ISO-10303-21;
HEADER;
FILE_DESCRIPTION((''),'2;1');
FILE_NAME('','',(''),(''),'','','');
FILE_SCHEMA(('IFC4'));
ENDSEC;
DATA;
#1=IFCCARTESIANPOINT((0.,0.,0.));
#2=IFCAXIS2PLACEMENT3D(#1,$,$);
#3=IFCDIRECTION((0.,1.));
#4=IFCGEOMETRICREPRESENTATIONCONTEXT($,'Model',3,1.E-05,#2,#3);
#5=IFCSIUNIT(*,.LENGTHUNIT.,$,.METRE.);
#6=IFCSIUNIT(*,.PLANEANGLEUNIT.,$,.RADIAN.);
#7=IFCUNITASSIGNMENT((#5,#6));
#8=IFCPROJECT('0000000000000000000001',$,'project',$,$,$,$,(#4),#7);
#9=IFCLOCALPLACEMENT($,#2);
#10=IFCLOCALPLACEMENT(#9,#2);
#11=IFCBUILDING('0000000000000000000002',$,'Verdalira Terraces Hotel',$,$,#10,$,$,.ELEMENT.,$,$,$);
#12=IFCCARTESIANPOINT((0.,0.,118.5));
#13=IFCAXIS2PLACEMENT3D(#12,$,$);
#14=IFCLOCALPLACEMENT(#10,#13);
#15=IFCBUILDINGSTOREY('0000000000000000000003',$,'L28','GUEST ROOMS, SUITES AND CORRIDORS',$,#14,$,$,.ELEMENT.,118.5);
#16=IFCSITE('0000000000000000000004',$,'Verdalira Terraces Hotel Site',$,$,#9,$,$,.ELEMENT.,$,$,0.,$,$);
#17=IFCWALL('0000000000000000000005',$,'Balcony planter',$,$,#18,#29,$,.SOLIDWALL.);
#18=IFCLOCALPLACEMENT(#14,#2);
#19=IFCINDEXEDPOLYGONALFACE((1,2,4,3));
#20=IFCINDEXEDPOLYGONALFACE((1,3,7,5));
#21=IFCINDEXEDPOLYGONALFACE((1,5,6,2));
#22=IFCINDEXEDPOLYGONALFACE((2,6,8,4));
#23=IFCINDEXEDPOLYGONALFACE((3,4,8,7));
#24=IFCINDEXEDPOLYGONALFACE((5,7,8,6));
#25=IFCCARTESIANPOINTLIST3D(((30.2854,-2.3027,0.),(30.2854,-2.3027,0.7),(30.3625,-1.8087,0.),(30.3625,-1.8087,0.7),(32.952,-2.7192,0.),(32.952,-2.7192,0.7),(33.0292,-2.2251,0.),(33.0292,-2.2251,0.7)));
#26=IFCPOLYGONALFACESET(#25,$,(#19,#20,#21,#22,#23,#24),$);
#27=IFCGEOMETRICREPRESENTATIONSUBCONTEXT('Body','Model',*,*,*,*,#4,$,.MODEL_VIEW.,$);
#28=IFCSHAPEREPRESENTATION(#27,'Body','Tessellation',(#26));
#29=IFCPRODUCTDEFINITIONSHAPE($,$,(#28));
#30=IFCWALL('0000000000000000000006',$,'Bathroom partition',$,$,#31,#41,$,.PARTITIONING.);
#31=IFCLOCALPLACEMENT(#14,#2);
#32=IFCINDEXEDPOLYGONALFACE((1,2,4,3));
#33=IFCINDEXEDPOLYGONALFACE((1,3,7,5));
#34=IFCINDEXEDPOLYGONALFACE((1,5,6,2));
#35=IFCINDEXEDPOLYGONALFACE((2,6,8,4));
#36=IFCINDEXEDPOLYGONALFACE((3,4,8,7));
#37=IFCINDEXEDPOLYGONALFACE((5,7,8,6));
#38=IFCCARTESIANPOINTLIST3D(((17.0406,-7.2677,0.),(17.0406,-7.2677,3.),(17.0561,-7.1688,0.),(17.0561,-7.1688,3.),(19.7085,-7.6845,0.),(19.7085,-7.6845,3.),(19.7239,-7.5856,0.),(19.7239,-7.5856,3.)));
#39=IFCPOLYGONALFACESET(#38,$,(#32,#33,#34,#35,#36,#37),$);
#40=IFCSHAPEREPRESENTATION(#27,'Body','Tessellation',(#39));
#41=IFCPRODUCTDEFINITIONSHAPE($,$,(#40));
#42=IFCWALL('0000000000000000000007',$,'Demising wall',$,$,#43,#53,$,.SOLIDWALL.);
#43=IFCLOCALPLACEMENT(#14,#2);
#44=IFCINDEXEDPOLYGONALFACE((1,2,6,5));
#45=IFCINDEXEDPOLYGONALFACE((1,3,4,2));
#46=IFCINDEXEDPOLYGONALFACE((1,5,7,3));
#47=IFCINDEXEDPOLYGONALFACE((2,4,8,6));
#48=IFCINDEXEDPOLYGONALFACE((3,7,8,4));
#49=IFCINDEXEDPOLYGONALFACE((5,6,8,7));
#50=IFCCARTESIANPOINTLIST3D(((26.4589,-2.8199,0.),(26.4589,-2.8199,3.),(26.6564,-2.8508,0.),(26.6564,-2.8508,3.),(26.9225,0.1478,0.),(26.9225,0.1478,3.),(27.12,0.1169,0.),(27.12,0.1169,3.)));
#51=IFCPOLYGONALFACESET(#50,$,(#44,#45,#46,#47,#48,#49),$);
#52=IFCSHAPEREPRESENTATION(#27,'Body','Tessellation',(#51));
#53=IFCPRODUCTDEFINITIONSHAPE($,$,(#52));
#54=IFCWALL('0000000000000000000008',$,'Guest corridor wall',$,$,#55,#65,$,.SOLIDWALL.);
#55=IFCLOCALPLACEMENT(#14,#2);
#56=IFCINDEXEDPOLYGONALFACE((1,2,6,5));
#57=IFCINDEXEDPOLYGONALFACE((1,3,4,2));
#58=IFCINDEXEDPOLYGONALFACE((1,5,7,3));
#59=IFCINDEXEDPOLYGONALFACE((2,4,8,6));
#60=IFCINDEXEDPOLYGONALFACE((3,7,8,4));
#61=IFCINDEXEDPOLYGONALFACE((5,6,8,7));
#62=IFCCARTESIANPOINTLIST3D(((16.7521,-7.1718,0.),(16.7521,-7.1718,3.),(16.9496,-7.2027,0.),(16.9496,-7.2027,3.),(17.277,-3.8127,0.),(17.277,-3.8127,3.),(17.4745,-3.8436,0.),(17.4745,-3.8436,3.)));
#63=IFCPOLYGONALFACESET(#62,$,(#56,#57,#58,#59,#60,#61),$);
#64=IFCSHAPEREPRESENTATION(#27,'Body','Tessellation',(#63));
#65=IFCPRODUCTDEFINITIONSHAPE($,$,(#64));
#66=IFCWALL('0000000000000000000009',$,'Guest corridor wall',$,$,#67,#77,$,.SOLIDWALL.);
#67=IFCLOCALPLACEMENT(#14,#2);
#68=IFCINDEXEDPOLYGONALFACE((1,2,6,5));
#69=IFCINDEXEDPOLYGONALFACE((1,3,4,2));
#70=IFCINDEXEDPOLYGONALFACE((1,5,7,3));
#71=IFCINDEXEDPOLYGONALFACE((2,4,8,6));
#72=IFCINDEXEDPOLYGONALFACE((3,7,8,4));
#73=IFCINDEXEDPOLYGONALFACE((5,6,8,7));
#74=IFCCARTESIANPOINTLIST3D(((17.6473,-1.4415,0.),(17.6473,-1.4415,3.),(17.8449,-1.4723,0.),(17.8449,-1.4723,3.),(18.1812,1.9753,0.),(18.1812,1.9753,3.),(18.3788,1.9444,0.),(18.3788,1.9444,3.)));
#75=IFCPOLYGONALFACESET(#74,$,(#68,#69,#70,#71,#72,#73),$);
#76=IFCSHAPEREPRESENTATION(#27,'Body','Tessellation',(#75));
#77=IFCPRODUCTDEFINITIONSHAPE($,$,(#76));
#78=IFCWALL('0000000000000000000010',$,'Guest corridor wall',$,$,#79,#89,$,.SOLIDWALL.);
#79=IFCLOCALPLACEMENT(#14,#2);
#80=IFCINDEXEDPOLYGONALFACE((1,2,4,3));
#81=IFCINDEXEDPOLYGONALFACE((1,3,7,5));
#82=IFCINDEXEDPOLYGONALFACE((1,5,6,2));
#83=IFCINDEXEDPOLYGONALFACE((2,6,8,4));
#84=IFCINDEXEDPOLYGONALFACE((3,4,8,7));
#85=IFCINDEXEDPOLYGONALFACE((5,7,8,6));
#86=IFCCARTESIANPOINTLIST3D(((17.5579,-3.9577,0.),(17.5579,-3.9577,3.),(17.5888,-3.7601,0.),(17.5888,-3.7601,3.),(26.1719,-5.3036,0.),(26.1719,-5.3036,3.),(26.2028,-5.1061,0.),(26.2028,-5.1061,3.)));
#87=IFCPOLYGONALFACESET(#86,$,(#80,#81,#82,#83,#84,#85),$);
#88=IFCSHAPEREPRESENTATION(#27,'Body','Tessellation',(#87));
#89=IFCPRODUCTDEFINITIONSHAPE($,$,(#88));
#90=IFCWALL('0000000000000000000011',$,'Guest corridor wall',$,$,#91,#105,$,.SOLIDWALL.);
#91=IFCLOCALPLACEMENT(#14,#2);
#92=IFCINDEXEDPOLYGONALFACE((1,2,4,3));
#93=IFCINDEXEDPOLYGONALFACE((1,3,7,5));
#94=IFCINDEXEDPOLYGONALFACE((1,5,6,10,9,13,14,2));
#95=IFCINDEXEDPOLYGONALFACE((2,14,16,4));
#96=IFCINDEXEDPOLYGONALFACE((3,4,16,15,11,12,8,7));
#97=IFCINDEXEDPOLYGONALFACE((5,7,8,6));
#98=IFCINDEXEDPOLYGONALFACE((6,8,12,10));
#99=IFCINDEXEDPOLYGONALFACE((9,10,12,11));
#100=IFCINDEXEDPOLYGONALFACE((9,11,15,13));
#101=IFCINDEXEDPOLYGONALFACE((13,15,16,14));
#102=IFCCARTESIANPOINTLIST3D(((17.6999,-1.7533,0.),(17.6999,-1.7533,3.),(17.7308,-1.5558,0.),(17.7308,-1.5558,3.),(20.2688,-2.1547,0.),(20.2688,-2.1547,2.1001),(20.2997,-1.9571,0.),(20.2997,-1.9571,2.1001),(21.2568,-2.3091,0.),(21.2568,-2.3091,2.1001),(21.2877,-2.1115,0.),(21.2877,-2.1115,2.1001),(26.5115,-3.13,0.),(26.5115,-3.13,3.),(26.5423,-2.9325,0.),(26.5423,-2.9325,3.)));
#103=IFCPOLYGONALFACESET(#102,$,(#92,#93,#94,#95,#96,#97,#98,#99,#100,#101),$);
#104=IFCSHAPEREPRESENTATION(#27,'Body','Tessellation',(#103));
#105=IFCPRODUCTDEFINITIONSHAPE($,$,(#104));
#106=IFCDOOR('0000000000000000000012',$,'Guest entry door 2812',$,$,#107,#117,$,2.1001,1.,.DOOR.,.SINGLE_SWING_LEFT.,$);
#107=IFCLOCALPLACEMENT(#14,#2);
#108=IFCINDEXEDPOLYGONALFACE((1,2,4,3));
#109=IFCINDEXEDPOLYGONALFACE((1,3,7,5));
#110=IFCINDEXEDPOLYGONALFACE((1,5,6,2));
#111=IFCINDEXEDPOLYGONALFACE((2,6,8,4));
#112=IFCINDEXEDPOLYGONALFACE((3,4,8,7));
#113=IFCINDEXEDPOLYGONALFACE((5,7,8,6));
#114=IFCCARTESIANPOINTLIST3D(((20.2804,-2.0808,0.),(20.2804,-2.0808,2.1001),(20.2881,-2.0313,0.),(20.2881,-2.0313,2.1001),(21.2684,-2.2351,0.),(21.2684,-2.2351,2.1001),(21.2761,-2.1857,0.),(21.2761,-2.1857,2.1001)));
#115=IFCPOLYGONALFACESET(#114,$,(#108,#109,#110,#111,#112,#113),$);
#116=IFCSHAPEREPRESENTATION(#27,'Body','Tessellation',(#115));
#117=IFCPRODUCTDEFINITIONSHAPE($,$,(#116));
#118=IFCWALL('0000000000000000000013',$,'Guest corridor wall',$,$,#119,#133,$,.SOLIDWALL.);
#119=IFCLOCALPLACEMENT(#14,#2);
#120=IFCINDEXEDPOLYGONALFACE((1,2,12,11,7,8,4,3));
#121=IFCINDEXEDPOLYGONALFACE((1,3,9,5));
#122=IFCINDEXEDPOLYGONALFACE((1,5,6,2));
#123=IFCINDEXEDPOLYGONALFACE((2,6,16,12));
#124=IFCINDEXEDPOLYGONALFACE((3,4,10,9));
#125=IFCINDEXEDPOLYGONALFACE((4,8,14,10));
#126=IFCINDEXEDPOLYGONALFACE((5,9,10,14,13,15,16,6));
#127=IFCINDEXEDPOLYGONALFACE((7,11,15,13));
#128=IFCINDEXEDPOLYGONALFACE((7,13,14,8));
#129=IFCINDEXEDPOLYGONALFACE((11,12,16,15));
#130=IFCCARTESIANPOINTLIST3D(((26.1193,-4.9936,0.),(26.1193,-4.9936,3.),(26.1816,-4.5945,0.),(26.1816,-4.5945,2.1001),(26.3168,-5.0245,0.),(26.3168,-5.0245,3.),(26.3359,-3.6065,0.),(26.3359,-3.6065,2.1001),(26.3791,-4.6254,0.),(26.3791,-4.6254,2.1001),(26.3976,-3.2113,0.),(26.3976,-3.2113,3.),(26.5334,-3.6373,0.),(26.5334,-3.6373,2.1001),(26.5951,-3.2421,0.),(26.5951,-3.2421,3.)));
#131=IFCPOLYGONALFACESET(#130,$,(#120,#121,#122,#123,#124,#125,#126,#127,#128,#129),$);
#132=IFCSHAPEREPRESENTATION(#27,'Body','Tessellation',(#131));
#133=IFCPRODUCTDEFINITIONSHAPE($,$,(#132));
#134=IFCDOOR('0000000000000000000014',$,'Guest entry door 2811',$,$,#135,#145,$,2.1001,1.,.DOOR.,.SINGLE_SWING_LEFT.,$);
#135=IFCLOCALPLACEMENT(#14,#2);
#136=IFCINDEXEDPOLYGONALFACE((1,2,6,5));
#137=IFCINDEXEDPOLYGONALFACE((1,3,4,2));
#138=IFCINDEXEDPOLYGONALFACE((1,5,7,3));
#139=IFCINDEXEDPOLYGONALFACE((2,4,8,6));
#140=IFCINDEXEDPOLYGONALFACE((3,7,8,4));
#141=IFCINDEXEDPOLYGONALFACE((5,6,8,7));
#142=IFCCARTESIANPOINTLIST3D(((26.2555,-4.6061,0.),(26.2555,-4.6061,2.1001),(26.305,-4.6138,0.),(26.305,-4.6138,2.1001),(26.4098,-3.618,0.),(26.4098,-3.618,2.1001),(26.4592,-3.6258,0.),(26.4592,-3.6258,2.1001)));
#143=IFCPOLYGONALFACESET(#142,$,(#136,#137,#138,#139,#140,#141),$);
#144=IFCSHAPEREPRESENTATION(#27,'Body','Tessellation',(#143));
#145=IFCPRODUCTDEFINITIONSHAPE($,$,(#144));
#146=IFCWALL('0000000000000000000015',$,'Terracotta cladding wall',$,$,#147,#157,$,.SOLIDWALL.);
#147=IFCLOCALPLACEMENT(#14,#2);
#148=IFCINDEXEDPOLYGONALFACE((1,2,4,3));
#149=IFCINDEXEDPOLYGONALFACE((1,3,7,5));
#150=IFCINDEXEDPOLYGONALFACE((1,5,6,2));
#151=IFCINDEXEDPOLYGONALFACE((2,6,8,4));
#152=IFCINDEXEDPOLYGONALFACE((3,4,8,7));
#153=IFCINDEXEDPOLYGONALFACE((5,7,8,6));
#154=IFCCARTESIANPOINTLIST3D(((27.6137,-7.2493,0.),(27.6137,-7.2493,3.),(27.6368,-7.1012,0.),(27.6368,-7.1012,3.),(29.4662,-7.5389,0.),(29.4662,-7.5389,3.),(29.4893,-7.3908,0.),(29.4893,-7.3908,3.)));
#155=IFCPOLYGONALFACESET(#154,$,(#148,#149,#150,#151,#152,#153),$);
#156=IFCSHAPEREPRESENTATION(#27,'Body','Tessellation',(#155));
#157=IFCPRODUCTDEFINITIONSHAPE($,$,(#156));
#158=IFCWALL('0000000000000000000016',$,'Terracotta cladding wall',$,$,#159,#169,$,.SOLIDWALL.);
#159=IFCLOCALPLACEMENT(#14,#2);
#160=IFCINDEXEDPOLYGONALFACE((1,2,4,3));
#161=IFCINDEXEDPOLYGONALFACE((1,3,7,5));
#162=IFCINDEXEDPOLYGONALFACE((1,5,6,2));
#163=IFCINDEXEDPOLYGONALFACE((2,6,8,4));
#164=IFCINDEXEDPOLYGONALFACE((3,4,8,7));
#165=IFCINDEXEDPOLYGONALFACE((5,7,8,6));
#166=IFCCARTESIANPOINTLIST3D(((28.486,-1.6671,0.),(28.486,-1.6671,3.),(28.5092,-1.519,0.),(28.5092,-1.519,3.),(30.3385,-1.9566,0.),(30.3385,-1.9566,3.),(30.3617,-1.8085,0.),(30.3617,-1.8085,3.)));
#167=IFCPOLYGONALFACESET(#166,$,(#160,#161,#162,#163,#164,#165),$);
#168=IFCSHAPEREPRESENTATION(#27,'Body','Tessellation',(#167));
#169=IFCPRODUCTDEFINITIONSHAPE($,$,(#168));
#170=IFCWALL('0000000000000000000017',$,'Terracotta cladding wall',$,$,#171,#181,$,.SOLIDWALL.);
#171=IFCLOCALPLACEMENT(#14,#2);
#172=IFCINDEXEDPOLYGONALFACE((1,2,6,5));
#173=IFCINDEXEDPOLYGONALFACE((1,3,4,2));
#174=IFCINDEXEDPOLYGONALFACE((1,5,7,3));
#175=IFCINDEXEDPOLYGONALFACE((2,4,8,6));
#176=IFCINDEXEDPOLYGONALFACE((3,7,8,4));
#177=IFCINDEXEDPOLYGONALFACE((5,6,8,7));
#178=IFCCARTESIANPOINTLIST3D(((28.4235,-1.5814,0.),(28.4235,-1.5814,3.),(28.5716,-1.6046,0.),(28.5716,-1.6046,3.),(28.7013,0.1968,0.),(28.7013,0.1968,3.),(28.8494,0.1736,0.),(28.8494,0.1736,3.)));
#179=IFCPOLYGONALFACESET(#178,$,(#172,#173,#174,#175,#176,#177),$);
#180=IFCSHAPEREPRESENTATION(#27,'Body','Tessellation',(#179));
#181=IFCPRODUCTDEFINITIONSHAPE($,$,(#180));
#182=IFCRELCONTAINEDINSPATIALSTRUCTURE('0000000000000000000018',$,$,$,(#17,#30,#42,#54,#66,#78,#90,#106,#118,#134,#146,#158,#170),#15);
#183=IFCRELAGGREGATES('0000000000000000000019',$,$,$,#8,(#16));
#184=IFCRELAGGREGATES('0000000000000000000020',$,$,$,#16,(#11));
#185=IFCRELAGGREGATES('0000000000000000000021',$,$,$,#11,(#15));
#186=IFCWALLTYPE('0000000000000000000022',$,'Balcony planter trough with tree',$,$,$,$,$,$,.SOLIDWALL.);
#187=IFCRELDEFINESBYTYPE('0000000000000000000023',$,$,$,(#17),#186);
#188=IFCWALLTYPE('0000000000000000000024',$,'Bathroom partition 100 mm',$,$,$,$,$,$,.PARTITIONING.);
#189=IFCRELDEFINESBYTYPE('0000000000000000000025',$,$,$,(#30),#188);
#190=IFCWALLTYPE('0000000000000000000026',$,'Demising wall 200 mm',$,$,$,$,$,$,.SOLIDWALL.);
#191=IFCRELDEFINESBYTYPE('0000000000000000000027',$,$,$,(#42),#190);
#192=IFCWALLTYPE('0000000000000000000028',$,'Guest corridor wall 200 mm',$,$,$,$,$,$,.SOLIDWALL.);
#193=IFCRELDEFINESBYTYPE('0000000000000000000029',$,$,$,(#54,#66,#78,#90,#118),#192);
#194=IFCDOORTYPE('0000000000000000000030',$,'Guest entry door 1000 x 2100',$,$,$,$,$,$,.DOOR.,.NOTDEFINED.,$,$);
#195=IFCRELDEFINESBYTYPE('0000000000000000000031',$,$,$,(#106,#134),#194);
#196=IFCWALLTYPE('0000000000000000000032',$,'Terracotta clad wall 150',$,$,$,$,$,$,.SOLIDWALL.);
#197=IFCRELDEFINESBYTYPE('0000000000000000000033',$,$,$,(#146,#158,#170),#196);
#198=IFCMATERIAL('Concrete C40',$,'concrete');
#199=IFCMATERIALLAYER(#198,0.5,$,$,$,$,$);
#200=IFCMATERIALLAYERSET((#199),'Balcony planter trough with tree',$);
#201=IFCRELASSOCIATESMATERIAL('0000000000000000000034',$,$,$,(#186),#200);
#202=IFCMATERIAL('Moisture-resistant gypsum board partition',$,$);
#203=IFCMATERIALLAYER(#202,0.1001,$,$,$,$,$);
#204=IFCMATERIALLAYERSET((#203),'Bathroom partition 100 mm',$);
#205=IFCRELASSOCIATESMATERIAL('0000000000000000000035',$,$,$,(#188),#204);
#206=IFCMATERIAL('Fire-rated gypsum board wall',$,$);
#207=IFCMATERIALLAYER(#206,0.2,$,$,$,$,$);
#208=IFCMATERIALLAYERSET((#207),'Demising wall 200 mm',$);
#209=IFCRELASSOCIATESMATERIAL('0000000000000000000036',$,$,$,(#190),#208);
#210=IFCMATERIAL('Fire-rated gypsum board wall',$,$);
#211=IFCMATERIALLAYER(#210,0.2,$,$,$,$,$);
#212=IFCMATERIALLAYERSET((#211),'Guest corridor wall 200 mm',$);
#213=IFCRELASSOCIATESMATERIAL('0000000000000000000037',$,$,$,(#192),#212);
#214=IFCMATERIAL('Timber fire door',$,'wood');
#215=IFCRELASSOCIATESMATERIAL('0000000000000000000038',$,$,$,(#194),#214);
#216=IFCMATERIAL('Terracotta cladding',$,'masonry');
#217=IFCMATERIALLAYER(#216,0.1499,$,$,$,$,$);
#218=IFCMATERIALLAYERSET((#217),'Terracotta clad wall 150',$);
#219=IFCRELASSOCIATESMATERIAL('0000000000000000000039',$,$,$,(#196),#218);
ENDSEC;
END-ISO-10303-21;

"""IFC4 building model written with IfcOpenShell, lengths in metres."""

from ifc_helpers import new_model, si_unit, direction, frame, frame_2d, origin, place, context, subcontext, project, spatial, rectangle, extrude, material, layer, layer_set, type_object, element, fill, save


model = new_model("IFC4")

# Units and contexts
model_context = context("Model", 3, precision=1e-05, world=origin(), true_north=direction((0.0, 1.0)))
body_context = subcontext(model_context, "Body", "Model", "MODEL_VIEW")
ifc_project = project(units=[si_unit("LENGTHUNIT", "METRE"), si_unit("PLANEANGLEUNIT", "RADIAN")], contexts=[model_context])

# Site, building, storey
site_placement = place(None, origin())
site = spatial("IfcSite", under=ifc_project, at=site_placement, Name="Verdalira Terraces Hotel Site", CompositionType="ELEMENT", RefElevation=0.0)
building_placement = place(site_placement, origin())
building = spatial("IfcBuilding", under=site, at=building_placement, Name="Verdalira Terraces Hotel", CompositionType="ELEMENT")
storey_placement = place(building_placement, frame((0.0, 0.0, 118.5)))
storey = spatial("IfcBuildingStorey", under=building, at=storey_placement, Name="L28", Description="GUEST ROOMS, SUITES AND CORRIDORS", CompositionType="ELEMENT", Elevation=118.5)

# Walls
ifc_material_1 = material(Name="Concrete C40", Category="concrete")
ifc_layer_1 = layer(ifc_material_1, 0.5)
ifc_layer_set_1 = layer_set([ifc_layer_1], Name="Balcony planter trough with tree")
wall_type_1 = type_object("IfcWallType", Name="Balcony planter trough with tree", PredefinedType="SOLIDWALL", material=ifc_layer_set_1)
wall_1_placement = place(storey_placement, frame((32.9907, -2.4722, 0.0), z_axis=(0.0, 0.0, 1.0), x_axis=(-0.988022, 0.154313, 0.0)))
element("IfcWall", 1, at=wall_1_placement, inside=storey, type_object=wall_type_1, Name="Balcony planter", PredefinedType="SOLIDWALL", context=body_context, shape_type="SweptSolid", body=[
    extrude(rectangle(XDim=2.699, YDim=0.5, at=frame_2d((1.3496, 0.0))), origin(), (0.0, 0.0, 1.0), 0.7),
])
ifc_material_2 = material(Name="Moisture-resistant gypsum board partition")
ifc_layer_2 = layer(ifc_material_2, 0.1001)
ifc_layer_set_2 = layer_set([ifc_layer_2], Name="Bathroom partition 100 mm")
wall_type_2 = type_object("IfcWallType", Name="Bathroom partition 100 mm", PredefinedType="PARTITIONING", material=ifc_layer_set_2)
wall_2_placement = place(storey_placement, frame((17.0483, -7.2183, 0.0), z_axis=(0.0, 0.0, 1.0), x_axis=(0.988017, -0.154347, 0.0)))
element("IfcWall", 2, at=wall_2_placement, inside=storey, type_object=wall_type_2, Name="Bathroom partition", PredefinedType="PARTITIONING", context=body_context, shape_type="SweptSolid", body=[
    extrude(rectangle(XDim=2.7002, YDim=0.1001, at=frame_2d((1.3501, 0.0))), origin(), (0.0, 0.0, 1.0), 3.0),
])
ifc_material_3 = material(Name="Fire-rated gypsum board wall")
ifc_layer_3 = layer(ifc_material_3, 0.2)
ifc_layer_set_3 = layer_set([ifc_layer_3], Name="Demising wall 200 mm")
wall_type_3 = type_object("IfcWallType", Name="Demising wall 200 mm", PredefinedType="SOLIDWALL", material=ifc_layer_set_3)
wall_3_placement = place(storey_placement, frame((26.5576, -2.8354, 0.0), z_axis=(0.0, 0.0, 1.0), x_axis=(0.154347, 0.988017, 0.0)))
element("IfcWall", 3, at=wall_3_placement, inside=storey, type_object=wall_type_3, Name="Demising wall", PredefinedType="SOLIDWALL", context=body_context, shape_type="SweptSolid", body=[
    extrude(rectangle(XDim=3.0037, YDim=0.2, at=frame_2d((1.502, 0.0))), origin(), (0.0, 0.0, 1.0), 3.0),
])
ifc_material_4 = material(Name="Fire-rated gypsum board wall")
ifc_layer_4 = layer(ifc_material_4, 0.2)
ifc_layer_set_4 = layer_set([ifc_layer_4], Name="Guest corridor wall 200 mm")
wall_type_4 = type_object("IfcWallType", Name="Guest corridor wall 200 mm", PredefinedType="SOLIDWALL", material=ifc_layer_set_4)
wall_4_placement = place(storey_placement, frame((16.8508, -7.1873, 0.0), z_axis=(0.0, 0.0, 1.0), x_axis=(0.154388, 0.98801, 0.0)))
element("IfcWall", 4, at=wall_4_placement, inside=storey, type_object=wall_type_4, Name="Guest corridor wall", PredefinedType="SOLIDWALL", context=body_context, shape_type="SweptSolid", body=[
    extrude(rectangle(XDim=3.3999, YDim=0.2, at=frame_2d((1.7, 0.0))), origin(), (0.0, 0.0, 1.0), 3.0),
])
wall_5_placement = place(storey_placement, frame((17.7461, -1.4568, 0.0), z_axis=(0.0, 0.0, 1.0), x_axis=(0.154396, 0.988009, 0.0)))
element("IfcWall", 5, at=wall_5_placement, inside=storey, type_object=wall_type_4, Name="Guest corridor wall", PredefinedType="SOLIDWALL", context=body_context, shape_type="SweptSolid", body=[
    extrude(rectangle(XDim=3.4583, YDim=0.2, at=frame_2d((1.729, 0.0))), origin(), (0.0, 0.0, 1.0), 3.0),
])
wall_6_placement = place(storey_placement, frame((17.5732, -3.8589, 0.0), z_axis=(0.0, 0.0, 1.0), x_axis=(0.988012, -0.154378, 0.0)))
element("IfcWall", 6, at=wall_6_placement, inside=storey, type_object=wall_type_4, Name="Guest corridor wall", PredefinedType="SOLIDWALL", context=body_context, shape_type="SweptSolid", body=[
    extrude(rectangle(XDim=8.7185, YDim=0.2, at=frame_2d((4.3594, 0.0))), origin(), (0.0, 0.0, 1.0), 3.0),
])

# Walls, openings, doors
wall_7_placement = place(storey_placement, frame((17.7153, -1.6545, 0.0), z_axis=(0.0, 0.0, 1.0), x_axis=(0.988014, -0.154367, 0.0)))
wall_7 = element("IfcWall", 7, at=wall_7_placement, inside=storey, type_object=wall_type_4, Name="Guest corridor wall", PredefinedType="SOLIDWALL", context=body_context, shape_type="SweptSolid", body=[
    extrude(rectangle(XDim=8.9185, YDim=0.2, at=frame_2d((4.4592, 0.0))), origin(), (0.0, 0.0, 1.0), 3.0),
])
opening_1_placement = place(wall_7_placement, frame((2.6001, 0.0, 0.0)))
opening_1 = element("IfcOpeningElement", 8, at=opening_1_placement, cuts=wall_7, PredefinedType="OPENING", context=body_context, shape_type="SweptSolid", body=[
    extrude(rectangle(XDim=1.0, YDim=2.1001, at=frame_2d((0.5, 1.05))), frame((0.0, 0.1099, 0.0), z_axis=(0.0, -1.0, 0.0), x_axis=(1.0, 0.0, 0.0)), (0.0, 0.0, 1.0), 0.22),
])
ifc_material_5 = material(Name="Timber fire door", Category="wood")
door_type_1 = type_object("IfcDoorType", Name="Guest entry door 1000 x 2100", OperationType="NOTDEFINED", PredefinedType="DOOR", material=ifc_material_5)
door_1_placement = place(opening_1_placement, origin())
door_1 = element("IfcDoor", 9, at=door_1_placement, inside=storey, type_object=door_type_1, Name="Guest entry door 2812", OperationType="SINGLE_SWING_LEFT", OverallHeight=2.1001, OverallWidth=1.0, PredefinedType="DOOR", context=body_context, shape_type="SweptSolid", body=[
    extrude(rectangle(XDim=1.0, YDim=2.1001, at=frame_2d((0.5, 1.05))), frame((0.0, 0.0249, 0.0), z_axis=(0.0, -1.0, 0.0), x_axis=(1.0, 0.0, 0.0)), (0.0, 0.0, 1.0), 0.05),
])
fill(opening_1, door_1)
wall_8_placement = place(storey_placement, frame((26.4963, -3.2268, 0.0), z_axis=(0.0, 0.0, 1.0), x_axis=(-0.154274, -0.988028, 0.0)))
wall_8 = element("IfcWall", 10, at=wall_8_placement, inside=storey, type_object=wall_type_4, Name="Guest corridor wall", PredefinedType="SOLIDWALL", context=body_context, shape_type="SweptSolid", body=[
    extrude(rectangle(XDim=1.804, YDim=0.2, at=frame_2d((0.9019, 0.0))), origin(), (0.0, 0.0, 1.0), 3.0),
])
opening_2_placement = place(wall_8_placement, frame((0.3999, 0.0, 0.0)))
opening_2 = element("IfcOpeningElement", 11, at=opening_2_placement, cuts=wall_8, PredefinedType="OPENING", context=body_context, shape_type="SweptSolid", body=[
    extrude(rectangle(XDim=1.0, YDim=2.1001, at=frame_2d((0.5, 1.05))), frame((0.0, 0.1099, 0.0), z_axis=(0.0, -1.0, 0.0), x_axis=(1.0, 0.0, 0.0)), (0.0, 0.0, 1.0), 0.22),
])
door_2_placement = place(opening_2_placement, origin())
door_2 = element("IfcDoor", 12, at=door_2_placement, inside=storey, type_object=door_type_1, Name="Guest entry door 2811", OperationType="SINGLE_SWING_LEFT", OverallHeight=2.1001, OverallWidth=1.0, PredefinedType="DOOR", context=body_context, shape_type="SweptSolid", body=[
    extrude(rectangle(XDim=1.0, YDim=2.1001, at=frame_2d((0.5, 1.05))), frame((0.0, 0.0249, 0.0), z_axis=(0.0, -1.0, 0.0), x_axis=(1.0, 0.0, 0.0)), (0.0, 0.0, 1.0), 0.05),
])
fill(opening_2, door_2)

# Walls
ifc_material_6 = material(Name="Terracotta cladding", Category="masonry")
ifc_layer_5 = layer(ifc_material_6, 0.1499)
ifc_layer_set_5 = layer_set([ifc_layer_5], Name="Terracotta clad wall 150")
wall_type_5 = type_object("IfcWallType", Name="Terracotta clad wall 150", PredefinedType="SOLIDWALL", material=ifc_layer_set_5)
for number, where, z_axis, x_axis, name in (
    (13, (27.6252, -7.1753, 0.0), (0.0, 0.0, 1.0), (0.988005, -0.154425, 0.0), "Terracotta cladding wall"),
    (14, (30.3501, -1.8826, 0.0), (0.0, 0.0, 1.0), (-0.988005, 0.154425, 0.0), "Terracotta cladding wall"),
):
    element("IfcWall", number, at=place(storey_placement, frame(where, z_axis=z_axis, x_axis=x_axis)), inside=storey, type_object=wall_type_5, Name=name, PredefinedType="SOLIDWALL", context=body_context, shape_type="SweptSolid", body=[
        extrude(rectangle(XDim=1.875, YDim=0.1499, at=frame_2d((0.9375, 0.0))), origin(), (0.0, 0.0, 1.0), 3.0),
    ])
wall_9_placement = place(storey_placement, frame((28.4976, -1.593, 0.0), z_axis=(0.0, 0.0, 1.0), x_axis=(0.15436, 0.988015, 0.0)))
element("IfcWall", 15, at=wall_9_placement, inside=storey, type_object=wall_type_5, Name="Terracotta cladding wall", PredefinedType="SOLIDWALL", context=body_context, shape_type="SweptSolid", body=[
    extrude(rectangle(XDim=1.7998, YDim=0.1499, at=frame_2d((0.8999, 0.0))), origin(), (0.0, 0.0, 1.0), 3.0),
])

save(model, "model.ifc")
